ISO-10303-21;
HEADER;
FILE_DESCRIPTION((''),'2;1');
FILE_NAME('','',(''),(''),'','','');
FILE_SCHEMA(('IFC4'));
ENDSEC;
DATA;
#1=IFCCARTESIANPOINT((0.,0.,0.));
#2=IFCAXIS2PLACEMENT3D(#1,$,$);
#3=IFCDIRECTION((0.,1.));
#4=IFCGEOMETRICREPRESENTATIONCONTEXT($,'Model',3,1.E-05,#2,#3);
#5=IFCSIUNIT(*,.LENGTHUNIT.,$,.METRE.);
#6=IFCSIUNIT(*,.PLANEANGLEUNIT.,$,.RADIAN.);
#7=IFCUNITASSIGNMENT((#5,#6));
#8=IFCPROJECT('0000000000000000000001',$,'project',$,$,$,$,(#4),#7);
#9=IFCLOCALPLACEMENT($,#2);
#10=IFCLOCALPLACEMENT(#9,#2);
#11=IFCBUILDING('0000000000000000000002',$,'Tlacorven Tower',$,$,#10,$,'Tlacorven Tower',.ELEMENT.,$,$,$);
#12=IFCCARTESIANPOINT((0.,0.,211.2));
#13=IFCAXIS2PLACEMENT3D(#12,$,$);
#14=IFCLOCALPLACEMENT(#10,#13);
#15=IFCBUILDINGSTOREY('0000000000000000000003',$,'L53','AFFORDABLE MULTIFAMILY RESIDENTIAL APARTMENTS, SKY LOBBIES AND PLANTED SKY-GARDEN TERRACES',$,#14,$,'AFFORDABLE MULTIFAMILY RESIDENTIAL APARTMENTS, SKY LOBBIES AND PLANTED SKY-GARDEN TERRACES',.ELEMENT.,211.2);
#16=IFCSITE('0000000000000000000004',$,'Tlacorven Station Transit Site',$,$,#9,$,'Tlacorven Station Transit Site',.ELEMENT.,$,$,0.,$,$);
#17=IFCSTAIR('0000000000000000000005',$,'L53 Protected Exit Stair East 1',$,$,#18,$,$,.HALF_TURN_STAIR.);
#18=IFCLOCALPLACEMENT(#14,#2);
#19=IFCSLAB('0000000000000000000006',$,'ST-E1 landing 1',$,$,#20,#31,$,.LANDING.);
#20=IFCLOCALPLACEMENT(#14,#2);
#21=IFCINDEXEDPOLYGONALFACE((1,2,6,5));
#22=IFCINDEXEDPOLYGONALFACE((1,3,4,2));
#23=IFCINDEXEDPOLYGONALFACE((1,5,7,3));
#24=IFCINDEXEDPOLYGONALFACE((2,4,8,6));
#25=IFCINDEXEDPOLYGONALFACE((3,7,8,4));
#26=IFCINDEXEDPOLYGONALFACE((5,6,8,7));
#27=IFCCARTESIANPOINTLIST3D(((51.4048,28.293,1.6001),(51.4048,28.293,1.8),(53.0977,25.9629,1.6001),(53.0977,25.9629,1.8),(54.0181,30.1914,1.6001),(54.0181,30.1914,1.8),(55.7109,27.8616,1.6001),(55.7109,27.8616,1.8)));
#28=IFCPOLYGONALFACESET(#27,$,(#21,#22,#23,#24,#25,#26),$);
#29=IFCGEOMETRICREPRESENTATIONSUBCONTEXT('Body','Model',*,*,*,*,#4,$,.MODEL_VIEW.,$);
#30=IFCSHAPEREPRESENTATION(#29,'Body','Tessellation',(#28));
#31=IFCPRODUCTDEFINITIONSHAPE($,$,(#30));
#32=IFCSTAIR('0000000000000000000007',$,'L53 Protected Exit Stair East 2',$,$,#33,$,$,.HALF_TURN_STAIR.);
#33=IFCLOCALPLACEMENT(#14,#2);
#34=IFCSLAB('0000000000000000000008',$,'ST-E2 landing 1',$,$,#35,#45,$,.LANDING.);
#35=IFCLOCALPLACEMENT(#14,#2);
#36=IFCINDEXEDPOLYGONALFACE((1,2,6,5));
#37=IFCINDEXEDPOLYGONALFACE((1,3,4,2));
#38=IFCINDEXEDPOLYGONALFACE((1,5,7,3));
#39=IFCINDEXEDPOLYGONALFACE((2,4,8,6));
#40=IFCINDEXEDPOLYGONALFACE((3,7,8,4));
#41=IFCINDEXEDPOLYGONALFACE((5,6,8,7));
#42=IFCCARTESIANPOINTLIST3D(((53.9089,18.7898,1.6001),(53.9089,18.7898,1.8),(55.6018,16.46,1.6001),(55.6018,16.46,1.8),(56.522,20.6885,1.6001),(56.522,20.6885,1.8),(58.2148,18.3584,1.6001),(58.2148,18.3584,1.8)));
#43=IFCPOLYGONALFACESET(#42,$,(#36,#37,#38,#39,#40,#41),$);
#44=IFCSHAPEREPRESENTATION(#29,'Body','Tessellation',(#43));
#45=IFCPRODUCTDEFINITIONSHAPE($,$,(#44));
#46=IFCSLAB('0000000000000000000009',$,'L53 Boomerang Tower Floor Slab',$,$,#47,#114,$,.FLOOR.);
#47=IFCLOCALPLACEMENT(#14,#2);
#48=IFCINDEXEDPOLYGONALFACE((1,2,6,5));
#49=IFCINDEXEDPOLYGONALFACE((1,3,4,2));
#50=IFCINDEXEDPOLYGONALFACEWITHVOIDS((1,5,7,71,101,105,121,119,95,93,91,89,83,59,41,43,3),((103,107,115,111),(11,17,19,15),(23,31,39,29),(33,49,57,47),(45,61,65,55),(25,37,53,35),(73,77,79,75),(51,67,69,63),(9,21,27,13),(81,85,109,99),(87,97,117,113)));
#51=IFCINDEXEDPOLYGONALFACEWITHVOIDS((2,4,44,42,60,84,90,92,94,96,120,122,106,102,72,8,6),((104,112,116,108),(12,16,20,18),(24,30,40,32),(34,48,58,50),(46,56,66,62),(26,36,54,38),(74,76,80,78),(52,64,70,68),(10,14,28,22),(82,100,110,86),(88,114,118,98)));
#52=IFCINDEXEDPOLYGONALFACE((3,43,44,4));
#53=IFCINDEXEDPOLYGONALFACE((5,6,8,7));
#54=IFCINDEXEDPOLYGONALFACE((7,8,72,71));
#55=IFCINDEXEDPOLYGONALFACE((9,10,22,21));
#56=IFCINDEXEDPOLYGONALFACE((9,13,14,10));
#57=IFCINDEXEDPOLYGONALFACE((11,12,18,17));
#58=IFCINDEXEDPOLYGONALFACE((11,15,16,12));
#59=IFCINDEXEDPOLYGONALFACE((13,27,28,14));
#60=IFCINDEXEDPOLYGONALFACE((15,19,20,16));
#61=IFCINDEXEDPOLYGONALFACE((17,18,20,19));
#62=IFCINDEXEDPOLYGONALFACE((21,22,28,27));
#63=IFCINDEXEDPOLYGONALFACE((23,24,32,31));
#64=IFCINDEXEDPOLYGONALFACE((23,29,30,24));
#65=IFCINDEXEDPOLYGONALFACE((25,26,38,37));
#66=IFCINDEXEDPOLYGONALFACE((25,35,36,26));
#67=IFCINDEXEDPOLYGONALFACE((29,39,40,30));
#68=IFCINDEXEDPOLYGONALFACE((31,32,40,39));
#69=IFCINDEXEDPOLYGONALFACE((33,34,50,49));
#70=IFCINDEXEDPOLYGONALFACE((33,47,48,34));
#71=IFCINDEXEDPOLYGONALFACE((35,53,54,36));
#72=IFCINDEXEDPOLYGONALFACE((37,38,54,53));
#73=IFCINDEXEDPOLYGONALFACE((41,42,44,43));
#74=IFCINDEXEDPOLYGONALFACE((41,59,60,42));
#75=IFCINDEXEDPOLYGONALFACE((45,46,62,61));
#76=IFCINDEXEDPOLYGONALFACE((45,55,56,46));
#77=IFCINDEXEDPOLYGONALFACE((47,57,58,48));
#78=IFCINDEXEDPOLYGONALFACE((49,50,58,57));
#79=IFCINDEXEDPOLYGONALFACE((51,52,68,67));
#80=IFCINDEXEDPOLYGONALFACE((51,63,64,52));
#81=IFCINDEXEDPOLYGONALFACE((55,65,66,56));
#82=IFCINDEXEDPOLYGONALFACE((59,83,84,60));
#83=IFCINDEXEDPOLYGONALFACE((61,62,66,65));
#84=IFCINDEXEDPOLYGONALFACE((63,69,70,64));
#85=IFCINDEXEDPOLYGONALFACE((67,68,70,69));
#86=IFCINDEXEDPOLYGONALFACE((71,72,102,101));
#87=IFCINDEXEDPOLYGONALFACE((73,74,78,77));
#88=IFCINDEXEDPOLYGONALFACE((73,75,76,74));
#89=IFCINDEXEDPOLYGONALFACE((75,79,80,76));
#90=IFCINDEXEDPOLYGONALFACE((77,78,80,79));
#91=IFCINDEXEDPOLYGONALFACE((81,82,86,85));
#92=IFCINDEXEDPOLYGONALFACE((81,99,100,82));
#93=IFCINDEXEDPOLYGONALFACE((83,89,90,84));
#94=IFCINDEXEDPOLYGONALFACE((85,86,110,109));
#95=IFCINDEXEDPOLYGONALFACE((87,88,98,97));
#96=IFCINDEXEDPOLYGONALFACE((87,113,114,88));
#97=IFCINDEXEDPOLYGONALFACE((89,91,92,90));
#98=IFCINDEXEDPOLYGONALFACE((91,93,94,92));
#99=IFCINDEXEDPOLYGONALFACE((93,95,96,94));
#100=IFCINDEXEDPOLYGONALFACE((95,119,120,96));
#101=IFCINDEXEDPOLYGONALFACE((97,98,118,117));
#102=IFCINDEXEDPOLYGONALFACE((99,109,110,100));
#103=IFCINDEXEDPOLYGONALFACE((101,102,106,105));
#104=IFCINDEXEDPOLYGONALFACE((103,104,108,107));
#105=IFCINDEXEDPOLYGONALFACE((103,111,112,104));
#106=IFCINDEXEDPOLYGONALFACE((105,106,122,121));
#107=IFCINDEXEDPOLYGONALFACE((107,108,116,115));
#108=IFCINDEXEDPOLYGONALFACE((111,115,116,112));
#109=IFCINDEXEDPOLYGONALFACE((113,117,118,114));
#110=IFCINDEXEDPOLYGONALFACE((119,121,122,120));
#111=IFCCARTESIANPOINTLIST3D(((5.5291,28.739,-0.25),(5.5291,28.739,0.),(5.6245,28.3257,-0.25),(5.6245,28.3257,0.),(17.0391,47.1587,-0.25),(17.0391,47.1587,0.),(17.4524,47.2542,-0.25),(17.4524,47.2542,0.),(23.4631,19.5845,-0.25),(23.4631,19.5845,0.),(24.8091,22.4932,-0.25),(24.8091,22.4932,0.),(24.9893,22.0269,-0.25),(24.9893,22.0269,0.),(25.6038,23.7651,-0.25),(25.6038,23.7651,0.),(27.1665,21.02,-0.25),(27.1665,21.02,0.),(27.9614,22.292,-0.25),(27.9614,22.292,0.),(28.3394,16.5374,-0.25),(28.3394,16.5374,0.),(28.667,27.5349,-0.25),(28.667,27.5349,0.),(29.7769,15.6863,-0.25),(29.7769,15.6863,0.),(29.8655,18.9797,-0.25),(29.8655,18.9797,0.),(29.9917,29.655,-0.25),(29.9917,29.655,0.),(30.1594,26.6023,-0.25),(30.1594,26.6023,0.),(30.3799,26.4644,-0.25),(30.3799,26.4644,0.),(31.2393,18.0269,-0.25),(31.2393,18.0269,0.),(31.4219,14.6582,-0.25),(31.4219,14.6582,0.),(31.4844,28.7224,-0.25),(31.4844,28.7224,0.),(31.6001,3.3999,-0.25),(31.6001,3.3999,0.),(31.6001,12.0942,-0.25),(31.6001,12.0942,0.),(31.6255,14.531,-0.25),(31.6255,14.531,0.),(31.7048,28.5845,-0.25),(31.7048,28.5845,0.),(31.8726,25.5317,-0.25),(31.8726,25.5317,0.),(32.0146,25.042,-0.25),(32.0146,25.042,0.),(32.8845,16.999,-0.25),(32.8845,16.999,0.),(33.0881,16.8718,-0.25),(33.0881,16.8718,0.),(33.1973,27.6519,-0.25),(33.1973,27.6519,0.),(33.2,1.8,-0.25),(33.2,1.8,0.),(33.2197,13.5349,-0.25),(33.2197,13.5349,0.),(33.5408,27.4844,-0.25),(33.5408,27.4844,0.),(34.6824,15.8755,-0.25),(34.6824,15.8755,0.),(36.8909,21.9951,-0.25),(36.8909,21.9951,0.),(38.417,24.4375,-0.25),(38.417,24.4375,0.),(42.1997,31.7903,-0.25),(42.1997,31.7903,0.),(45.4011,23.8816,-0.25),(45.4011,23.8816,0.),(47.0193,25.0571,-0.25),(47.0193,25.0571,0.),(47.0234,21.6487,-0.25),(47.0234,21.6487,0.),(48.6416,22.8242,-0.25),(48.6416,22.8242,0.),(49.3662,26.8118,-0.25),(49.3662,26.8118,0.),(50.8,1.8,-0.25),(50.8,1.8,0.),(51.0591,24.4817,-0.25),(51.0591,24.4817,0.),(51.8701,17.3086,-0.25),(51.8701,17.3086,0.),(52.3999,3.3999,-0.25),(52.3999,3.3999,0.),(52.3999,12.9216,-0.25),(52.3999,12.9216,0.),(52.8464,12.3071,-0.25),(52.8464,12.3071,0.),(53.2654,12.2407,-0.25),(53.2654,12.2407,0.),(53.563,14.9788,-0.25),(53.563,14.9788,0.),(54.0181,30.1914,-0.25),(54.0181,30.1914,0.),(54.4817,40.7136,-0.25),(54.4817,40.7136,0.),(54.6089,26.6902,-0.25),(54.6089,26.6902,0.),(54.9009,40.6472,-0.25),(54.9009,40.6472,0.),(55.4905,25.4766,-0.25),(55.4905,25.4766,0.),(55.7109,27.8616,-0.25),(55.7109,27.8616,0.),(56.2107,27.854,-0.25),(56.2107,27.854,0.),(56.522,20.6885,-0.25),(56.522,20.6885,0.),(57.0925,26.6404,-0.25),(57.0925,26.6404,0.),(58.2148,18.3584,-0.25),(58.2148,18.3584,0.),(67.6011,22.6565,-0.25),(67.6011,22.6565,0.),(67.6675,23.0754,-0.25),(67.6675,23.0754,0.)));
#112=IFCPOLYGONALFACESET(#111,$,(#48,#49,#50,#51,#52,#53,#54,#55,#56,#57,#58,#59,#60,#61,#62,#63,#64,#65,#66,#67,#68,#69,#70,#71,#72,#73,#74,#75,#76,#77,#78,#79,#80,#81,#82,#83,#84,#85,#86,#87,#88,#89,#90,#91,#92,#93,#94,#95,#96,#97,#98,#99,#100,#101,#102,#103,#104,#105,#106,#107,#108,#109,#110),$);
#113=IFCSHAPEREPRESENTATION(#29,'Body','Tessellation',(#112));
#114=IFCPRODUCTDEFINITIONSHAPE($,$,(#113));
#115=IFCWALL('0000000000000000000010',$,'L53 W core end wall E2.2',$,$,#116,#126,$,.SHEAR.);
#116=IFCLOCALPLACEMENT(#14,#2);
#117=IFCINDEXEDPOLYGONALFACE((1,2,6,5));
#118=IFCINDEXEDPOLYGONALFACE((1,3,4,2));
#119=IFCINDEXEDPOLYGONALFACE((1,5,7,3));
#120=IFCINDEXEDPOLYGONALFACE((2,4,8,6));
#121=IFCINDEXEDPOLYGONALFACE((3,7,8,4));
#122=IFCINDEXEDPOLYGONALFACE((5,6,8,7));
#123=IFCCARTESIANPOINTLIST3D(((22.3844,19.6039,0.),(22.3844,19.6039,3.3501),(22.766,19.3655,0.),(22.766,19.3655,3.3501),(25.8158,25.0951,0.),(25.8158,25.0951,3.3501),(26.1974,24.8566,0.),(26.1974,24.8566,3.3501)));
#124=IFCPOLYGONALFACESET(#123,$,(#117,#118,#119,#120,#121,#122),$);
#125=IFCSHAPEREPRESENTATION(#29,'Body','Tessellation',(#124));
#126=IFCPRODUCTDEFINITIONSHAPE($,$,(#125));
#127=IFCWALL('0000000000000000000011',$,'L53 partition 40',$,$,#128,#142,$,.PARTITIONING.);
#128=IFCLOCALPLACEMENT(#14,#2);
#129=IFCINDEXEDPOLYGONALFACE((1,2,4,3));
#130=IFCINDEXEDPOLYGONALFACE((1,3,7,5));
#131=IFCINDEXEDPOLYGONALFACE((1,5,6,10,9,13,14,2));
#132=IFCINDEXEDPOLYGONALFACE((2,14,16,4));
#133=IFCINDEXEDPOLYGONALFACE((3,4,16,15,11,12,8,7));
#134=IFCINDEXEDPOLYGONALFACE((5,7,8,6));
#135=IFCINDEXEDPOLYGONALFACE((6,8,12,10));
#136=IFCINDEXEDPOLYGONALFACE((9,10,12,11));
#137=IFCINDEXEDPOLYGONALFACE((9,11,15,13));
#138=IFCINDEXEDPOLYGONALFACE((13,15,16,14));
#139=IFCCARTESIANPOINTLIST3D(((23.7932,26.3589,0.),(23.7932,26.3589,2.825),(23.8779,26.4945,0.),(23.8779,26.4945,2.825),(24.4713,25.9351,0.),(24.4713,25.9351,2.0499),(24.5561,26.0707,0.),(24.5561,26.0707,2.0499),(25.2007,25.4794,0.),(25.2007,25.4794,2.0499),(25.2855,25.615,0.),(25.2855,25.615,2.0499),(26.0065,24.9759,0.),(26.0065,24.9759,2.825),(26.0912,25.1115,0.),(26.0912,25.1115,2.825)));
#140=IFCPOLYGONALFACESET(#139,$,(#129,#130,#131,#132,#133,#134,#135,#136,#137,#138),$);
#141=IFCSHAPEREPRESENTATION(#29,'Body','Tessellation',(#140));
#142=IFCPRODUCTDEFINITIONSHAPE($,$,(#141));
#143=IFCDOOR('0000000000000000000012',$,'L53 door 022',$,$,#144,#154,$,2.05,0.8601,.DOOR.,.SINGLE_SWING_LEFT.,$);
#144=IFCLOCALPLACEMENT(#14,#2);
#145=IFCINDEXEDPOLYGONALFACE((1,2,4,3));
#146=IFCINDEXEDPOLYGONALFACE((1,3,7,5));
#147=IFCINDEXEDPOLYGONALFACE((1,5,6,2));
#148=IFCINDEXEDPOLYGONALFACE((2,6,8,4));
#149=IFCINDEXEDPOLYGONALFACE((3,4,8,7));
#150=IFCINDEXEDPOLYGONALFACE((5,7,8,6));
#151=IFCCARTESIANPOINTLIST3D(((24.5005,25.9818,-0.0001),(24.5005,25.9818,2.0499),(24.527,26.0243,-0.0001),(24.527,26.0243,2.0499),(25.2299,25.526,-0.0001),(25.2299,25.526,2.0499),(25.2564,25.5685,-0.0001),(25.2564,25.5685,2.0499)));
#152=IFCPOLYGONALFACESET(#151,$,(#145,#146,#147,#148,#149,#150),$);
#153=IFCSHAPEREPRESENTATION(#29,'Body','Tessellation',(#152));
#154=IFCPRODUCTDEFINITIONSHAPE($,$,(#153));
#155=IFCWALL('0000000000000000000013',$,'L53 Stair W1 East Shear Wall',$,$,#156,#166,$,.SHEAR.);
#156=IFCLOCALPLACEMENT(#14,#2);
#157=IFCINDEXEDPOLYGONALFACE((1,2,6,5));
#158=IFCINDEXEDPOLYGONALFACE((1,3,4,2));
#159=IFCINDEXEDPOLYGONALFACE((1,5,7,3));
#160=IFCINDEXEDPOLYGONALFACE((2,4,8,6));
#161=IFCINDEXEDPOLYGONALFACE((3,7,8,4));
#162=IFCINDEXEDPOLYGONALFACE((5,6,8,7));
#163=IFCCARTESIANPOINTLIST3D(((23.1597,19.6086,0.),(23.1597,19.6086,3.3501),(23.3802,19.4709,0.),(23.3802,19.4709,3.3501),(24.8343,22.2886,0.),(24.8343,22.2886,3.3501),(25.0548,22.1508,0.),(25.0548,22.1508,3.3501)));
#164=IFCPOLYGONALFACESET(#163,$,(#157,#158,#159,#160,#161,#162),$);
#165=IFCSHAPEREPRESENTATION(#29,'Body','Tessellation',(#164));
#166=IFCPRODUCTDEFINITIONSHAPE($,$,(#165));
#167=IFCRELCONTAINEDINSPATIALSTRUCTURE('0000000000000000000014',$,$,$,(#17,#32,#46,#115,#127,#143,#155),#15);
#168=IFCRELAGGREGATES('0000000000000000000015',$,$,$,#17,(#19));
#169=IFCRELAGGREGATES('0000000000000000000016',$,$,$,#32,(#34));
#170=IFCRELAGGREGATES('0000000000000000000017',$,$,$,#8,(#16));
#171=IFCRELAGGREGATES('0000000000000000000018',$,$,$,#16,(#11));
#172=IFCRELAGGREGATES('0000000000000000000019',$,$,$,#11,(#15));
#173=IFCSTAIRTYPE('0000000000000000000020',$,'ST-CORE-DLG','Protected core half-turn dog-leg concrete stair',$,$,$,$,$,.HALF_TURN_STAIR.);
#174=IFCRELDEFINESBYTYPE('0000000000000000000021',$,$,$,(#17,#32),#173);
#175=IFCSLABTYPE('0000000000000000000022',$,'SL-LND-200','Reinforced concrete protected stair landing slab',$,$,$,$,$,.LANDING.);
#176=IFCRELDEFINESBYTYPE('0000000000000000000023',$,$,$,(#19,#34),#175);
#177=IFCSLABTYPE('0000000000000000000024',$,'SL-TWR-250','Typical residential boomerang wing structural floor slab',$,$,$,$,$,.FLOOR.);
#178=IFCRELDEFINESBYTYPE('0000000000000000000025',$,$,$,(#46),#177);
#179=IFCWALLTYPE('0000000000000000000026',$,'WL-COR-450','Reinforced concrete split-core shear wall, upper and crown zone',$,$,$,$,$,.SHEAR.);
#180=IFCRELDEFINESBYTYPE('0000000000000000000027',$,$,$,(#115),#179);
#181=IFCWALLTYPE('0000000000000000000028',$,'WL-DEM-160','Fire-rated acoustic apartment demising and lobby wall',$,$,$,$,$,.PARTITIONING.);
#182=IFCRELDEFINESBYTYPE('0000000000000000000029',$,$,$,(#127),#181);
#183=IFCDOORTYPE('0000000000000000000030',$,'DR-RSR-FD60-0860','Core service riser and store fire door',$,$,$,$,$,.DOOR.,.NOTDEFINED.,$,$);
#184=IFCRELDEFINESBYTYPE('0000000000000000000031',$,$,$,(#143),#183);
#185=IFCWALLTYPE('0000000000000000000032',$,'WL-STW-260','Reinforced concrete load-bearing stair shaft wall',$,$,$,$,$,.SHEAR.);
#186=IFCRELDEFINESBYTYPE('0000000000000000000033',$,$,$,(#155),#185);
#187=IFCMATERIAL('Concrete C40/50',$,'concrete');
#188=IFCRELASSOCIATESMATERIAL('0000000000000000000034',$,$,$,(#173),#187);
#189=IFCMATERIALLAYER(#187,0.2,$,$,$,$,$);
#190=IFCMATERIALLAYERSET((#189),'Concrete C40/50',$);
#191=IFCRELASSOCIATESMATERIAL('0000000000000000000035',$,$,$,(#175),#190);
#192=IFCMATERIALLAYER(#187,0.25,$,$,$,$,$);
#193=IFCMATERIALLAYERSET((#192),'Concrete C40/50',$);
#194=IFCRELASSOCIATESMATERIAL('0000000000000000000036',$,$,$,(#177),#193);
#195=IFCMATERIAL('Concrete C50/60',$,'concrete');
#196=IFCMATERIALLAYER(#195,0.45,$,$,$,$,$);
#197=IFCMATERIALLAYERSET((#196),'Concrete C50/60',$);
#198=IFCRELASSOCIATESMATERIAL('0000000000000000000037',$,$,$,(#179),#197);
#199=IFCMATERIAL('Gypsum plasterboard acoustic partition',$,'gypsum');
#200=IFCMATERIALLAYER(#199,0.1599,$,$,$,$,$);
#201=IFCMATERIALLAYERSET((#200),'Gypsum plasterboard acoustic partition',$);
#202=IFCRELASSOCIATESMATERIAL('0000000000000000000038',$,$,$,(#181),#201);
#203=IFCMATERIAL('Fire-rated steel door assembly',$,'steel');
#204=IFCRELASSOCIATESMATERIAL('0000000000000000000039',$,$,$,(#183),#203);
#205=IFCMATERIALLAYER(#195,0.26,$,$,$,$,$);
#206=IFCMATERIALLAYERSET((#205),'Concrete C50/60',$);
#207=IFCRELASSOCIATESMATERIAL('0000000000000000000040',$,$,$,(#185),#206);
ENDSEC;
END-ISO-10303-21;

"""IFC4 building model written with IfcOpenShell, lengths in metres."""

from ifc_helpers import new_model, si_unit, direction, frame, frame_2d, origin, place, context, subcontext, project, spatial, polyline, rectangle, outline, extrude, source, transform, mapped, material, layer, layer_set, type_object, element, fill, aggregate, save


model = new_model("IFC4")

# Units and contexts
model_context = context("Model", 3, precision=1e-05, world=origin(), true_north=direction((0.0, 1.0)))
body_context = subcontext(model_context, "Body", "Model", "MODEL_VIEW")
ifc_project = project(units=[si_unit("LENGTHUNIT", "METRE"), si_unit("PLANEANGLEUNIT", "RADIAN")], contexts=[model_context])

# Site, building, storey
site_placement = place(None, origin())
site = spatial("IfcSite", under=ifc_project, at=site_placement, Name="Tlacorven Station Transit Site", LongName="Tlacorven Station Transit Site", CompositionType="ELEMENT", RefElevation=0.0)
building_placement = place(site_placement, origin())
building = spatial("IfcBuilding", under=site, at=building_placement, Name="Tlacorven Tower", LongName="Tlacorven Tower", CompositionType="ELEMENT")
storey_placement = place(building_placement, frame((0.0, 0.0, 211.2)))
storey = spatial("IfcBuildingStorey", under=building, at=storey_placement, Name="L53", Description="AFFORDABLE MULTIFAMILY RESIDENTIAL APARTMENTS, SKY LOBBIES AND PLANTED SKY-GARDEN TERRACES", LongName="AFFORDABLE MULTIFAMILY RESIDENTIAL APARTMENTS, SKY LOBBIES AND PLANTED SKY-GARDEN TERRACES", CompositionType="ELEMENT", Elevation=211.2)

# Stairs, slabs
ifc_material_1 = material(Name="Concrete C40/50", Category="concrete")
stair_type = type_object("IfcStairType", Name="ST-CORE-DLG", Description="Protected core half-turn dog-leg concrete stair", PredefinedType="HALF_TURN_STAIR", material=ifc_material_1)
ifc_layer_1 = layer(ifc_material_1, 0.2)
ifc_layer_set_1 = layer_set([ifc_layer_1], Name="Concrete C40/50")
slab_type_1 = type_object("IfcSlabType", Name="SL-LND-200", Description="Reinforced concrete protected stair landing slab", PredefinedType="LANDING", material=ifc_layer_set_1)
stair_1_placement = place(storey_placement, origin())
stair_1 = element("IfcStair", 1, at=stair_1_placement, inside=storey, type_object=stair_type, Name="L53 Protected Exit Stair East 1", PredefinedType="HALF_TURN_STAIR")
slab_1_placement = place(storey_placement, frame((0.0, 0.0, 1.6001)))
slab_1 = element("IfcSlab", 2, at=slab_1_placement, type_object=slab_type_1, Name="ST-E1 landing 1", PredefinedType="LANDING", context=body_context, shape_type="SweptSolid", body=[
    extrude(outline(polyline([(53.0977, 25.9629), (55.7109, 27.8616), (54.0181, 30.1914), (51.4048, 28.293), (53.0977, 25.9629)])), origin(), (0.0, 0.0, 1.0), 0.2),
])
aggregate(stair_1, [slab_1])
stair_2_placement = place(storey_placement, origin())
stair_2 = element("IfcStair", 3, at=stair_2_placement, inside=storey, type_object=stair_type, Name="L53 Protected Exit Stair East 2", PredefinedType="HALF_TURN_STAIR")
slab_2_placement = place(storey_placement, frame((0.0, 0.0, 1.6001)))
slab_2 = element("IfcSlab", 4, at=slab_2_placement, type_object=slab_type_1, Name="ST-E2 landing 1", PredefinedType="LANDING", context=body_context, shape_type="SweptSolid", body=[
    extrude(outline(polyline([(55.6018, 16.46), (58.2148, 18.3584), (56.522, 20.6885), (53.9089, 18.7898), (55.6018, 16.46)])), origin(), (0.0, 0.0, 1.0), 0.2),
])
aggregate(stair_2, [slab_2])

# Slab
ifc_layer_2 = layer(ifc_material_1, 0.25)
ifc_layer_set_2 = layer_set([ifc_layer_2], Name="Concrete C40/50")
slab_type_2 = type_object("IfcSlabType", Name="SL-TWR-250", Description="Typical residential boomerang wing structural floor slab", PredefinedType="FLOOR", material=ifc_layer_set_2)
slab_3_placement = place(storey_placement, frame((0.0, 0.0, -0.25)))
element("IfcSlab", 5, at=slab_3_placement, inside=storey, type_object=slab_type_2, Name="L53 Boomerang Tower Floor Slab", PredefinedType="FLOOR", context=body_context, shape_type="SweptSolid", body=[
    extrude(outline(polyline([(52.3999, 3.3999), (50.8, 1.8), (33.2, 1.8), (31.6001, 3.3999), (31.6001, 12.0942), (5.6245, 28.3257), (5.5291, 28.739), (17.0391, 47.1587), (17.4524, 47.2542), (42.1997, 31.7903), (54.4817, 40.7136), (54.9009, 40.6472), (67.6675, 23.0754), (67.6011, 22.6565), (53.2654, 12.2407), (52.8464, 12.3071), (52.3999, 12.9216), (52.3999, 3.3999)]), holes=[polyline([(29.8655, 18.9797), (24.9893, 22.0269), (23.4631, 19.5845), (28.3394, 16.5374), (29.8655, 18.9797)]), polyline([(38.417, 24.4375), (33.5408, 27.4844), (32.0146, 25.042), (36.8909, 21.9951), (38.417, 24.4375)]), polyline([(51.0591, 24.4817), (55.7109, 27.8616), (54.0181, 30.1914), (49.3662, 26.8118), (51.0591, 24.4817)]), polyline([(53.563, 14.9788), (58.2148, 18.3584), (56.522, 20.6885), (51.8701, 17.3086), (53.563, 14.9788)]), polyline([(34.6824, 15.8755), (33.0881, 16.8718), (31.6255, 14.531), (33.2197, 13.5349), (34.6824, 15.8755)]), polyline([(32.8845, 16.999), (31.2393, 18.0269), (29.7769, 15.6863), (31.4219, 14.6582), (32.8845, 16.999)]), polyline([(47.0234, 21.6487), (48.6416, 22.8242), (47.0193, 25.0571), (45.4011, 23.8816), (47.0234, 21.6487)]), polyline([(33.1973, 27.6519), (31.7048, 28.5845), (30.3799, 26.4644), (31.8726, 25.5317), (33.1973, 27.6519)]), polyline([(31.4844, 28.7224), (29.9917, 29.655), (28.667, 27.5349), (30.1594, 26.6023), (31.4844, 28.7224)]), polyline([(27.9614, 22.292), (25.6038, 23.7651), (24.8091, 22.4932), (27.1665, 21.02), (27.9614, 22.292)]), polyline([(55.4905, 25.4766), (57.0925, 26.6404), (56.2107, 27.854), (54.6089, 26.6902), (55.4905, 25.4766)])]), origin(), (0.0, 0.0, 1.0), 0.25),
])

# Wall
ifc_material_2 = material(Name="Concrete C50/60", Category="concrete")
ifc_layer_3 = layer(ifc_material_2, 0.45)
ifc_layer_set_3 = layer_set([ifc_layer_3], Name="Concrete C50/60")
wall_type_1 = type_object("IfcWallType", Name="WL-COR-450", Description="Reinforced concrete split-core shear wall, upper and crown zone", PredefinedType="SHEAR", material=ifc_layer_set_3)
wall_1_placement = place(storey_placement, frame((26.0066, 24.9758, 0.0), z_axis=(0.0, 0.0, 1.0), x_axis=(-0.529931, -0.848041, 0.0)))
element("IfcWall", 6, at=wall_1_placement, inside=storey, type_object=wall_type_1, Name="L53 W core end wall E2.2", PredefinedType="SHEAR", context=body_context, shape_type="SweptSolid", body=[
    extrude(rectangle(XDim=6.4751, YDim=0.45, at=frame_2d((3.2375, 0.0))), origin(), (0.0, 0.0, 1.0), 3.3501),
])

# Wall, opening, door
ifc_material_3 = material(Name="Gypsum plasterboard acoustic partition", Category="gypsum")
ifc_layer_4 = layer(ifc_material_3, 0.1599)
ifc_layer_set_4 = layer_set([ifc_layer_4], Name="Gypsum plasterboard acoustic partition")
wall_type_2 = type_object("IfcWallType", Name="WL-DEM-160", Description="Fire-rated acoustic apartment demising and lobby wall", PredefinedType="PARTITIONING", material=ifc_layer_set_4)
wall_2_placement = place(storey_placement, frame((26.0488, 25.0437, 0.0), z_axis=(0.0, 0.0, 1.0), x_axis=(-0.848051, 0.529915, 0.0)))
wall_2 = element("IfcWall", 7, at=wall_2_placement, inside=storey, type_object=wall_type_2, Name="L53 partition 40", PredefinedType="PARTITIONING", context=body_context, shape_type="SweptSolid", body=[
    extrude(rectangle(XDim=2.6099, YDim=0.1599, at=frame_2d((1.3049, 0.0))), origin(), (0.0, 0.0, 1.0), 2.825),
])
opening_placement = place(wall_2_placement, frame((0.95, 0.0, 0.0)))
opening = element("IfcOpeningElement", 8, at=opening_placement, cuts=wall_2, PredefinedType="OPENING", context=body_context, shape_type="SweptSolid", body=[
    extrude(rectangle(XDim=0.8601, YDim=2.05, at=frame_2d((0.4302, 1.0249))), frame((0.0, 0.0898, 0.0), z_axis=(0.0, -1.0, 0.0), x_axis=(1.0, 0.0, 0.0)), (0.0, 0.0, 1.0), 0.1799),
])
ifc_material_4 = material(Name="Fire-rated steel door assembly", Category="steel")
door_type = type_object("IfcDoorType", Name="DR-RSR-FD60-0860", Description="Core service riser and store fire door", OperationType="NOTDEFINED", PredefinedType="DOOR", material=ifc_material_4)
shared_shape_1 = source(origin(), body_context, "Body", "SweptSolid", [
    extrude(rectangle(XDim=0.8601, YDim=2.05, at=frame_2d((0.4302, 1.0249))), frame((0.0, 0.0249, 0.0), z_axis=(0.0, -1.0, 0.0), x_axis=(1.0, 0.0, 0.0)), (0.0, 0.0, 1.0), 0.05),
])
door_placement = place(opening_placement, origin())
door = element("IfcDoor", 9, at=door_placement, inside=storey, type_object=door_type, Name="L53 door 022", OperationType="SINGLE_SWING_LEFT", OverallHeight=2.05, OverallWidth=0.8601, PredefinedType="DOOR", context=body_context, shape_type="MappedRepresentation", body=[
    mapped(shared_shape_1, transform((0.0, 0.0, 0.0), scale=1.0)),
])
fill(opening, door)

# Wall
ifc_layer_5 = layer(ifc_material_2, 0.26)
ifc_layer_set_5 = layer_set([ifc_layer_5], Name="Concrete C50/60")
wall_type_3 = type_object("IfcWallType", Name="WL-STW-260", Description="Reinforced concrete load-bearing stair shaft wall", PredefinedType="SHEAR", material=ifc_layer_set_5)
wall_3_placement = place(storey_placement, frame((24.9446, 22.2197, 0.0), z_axis=(0.0, 0.0, 1.0), x_axis=(-0.529909, -0.848055, 0.0)))
element("IfcWall", 10, at=wall_3_placement, inside=storey, type_object=wall_type_3, Name="L53 Stair W1 East Shear Wall", PredefinedType="SHEAR", context=body_context, shape_type="SweptSolid", body=[
    extrude(rectangle(XDim=3.1602, YDim=0.26, at=frame_2d((1.5801, 0.0))), origin(), (0.0, 0.0, 1.0), 3.3501),
])

save(model, "model.ifc")
